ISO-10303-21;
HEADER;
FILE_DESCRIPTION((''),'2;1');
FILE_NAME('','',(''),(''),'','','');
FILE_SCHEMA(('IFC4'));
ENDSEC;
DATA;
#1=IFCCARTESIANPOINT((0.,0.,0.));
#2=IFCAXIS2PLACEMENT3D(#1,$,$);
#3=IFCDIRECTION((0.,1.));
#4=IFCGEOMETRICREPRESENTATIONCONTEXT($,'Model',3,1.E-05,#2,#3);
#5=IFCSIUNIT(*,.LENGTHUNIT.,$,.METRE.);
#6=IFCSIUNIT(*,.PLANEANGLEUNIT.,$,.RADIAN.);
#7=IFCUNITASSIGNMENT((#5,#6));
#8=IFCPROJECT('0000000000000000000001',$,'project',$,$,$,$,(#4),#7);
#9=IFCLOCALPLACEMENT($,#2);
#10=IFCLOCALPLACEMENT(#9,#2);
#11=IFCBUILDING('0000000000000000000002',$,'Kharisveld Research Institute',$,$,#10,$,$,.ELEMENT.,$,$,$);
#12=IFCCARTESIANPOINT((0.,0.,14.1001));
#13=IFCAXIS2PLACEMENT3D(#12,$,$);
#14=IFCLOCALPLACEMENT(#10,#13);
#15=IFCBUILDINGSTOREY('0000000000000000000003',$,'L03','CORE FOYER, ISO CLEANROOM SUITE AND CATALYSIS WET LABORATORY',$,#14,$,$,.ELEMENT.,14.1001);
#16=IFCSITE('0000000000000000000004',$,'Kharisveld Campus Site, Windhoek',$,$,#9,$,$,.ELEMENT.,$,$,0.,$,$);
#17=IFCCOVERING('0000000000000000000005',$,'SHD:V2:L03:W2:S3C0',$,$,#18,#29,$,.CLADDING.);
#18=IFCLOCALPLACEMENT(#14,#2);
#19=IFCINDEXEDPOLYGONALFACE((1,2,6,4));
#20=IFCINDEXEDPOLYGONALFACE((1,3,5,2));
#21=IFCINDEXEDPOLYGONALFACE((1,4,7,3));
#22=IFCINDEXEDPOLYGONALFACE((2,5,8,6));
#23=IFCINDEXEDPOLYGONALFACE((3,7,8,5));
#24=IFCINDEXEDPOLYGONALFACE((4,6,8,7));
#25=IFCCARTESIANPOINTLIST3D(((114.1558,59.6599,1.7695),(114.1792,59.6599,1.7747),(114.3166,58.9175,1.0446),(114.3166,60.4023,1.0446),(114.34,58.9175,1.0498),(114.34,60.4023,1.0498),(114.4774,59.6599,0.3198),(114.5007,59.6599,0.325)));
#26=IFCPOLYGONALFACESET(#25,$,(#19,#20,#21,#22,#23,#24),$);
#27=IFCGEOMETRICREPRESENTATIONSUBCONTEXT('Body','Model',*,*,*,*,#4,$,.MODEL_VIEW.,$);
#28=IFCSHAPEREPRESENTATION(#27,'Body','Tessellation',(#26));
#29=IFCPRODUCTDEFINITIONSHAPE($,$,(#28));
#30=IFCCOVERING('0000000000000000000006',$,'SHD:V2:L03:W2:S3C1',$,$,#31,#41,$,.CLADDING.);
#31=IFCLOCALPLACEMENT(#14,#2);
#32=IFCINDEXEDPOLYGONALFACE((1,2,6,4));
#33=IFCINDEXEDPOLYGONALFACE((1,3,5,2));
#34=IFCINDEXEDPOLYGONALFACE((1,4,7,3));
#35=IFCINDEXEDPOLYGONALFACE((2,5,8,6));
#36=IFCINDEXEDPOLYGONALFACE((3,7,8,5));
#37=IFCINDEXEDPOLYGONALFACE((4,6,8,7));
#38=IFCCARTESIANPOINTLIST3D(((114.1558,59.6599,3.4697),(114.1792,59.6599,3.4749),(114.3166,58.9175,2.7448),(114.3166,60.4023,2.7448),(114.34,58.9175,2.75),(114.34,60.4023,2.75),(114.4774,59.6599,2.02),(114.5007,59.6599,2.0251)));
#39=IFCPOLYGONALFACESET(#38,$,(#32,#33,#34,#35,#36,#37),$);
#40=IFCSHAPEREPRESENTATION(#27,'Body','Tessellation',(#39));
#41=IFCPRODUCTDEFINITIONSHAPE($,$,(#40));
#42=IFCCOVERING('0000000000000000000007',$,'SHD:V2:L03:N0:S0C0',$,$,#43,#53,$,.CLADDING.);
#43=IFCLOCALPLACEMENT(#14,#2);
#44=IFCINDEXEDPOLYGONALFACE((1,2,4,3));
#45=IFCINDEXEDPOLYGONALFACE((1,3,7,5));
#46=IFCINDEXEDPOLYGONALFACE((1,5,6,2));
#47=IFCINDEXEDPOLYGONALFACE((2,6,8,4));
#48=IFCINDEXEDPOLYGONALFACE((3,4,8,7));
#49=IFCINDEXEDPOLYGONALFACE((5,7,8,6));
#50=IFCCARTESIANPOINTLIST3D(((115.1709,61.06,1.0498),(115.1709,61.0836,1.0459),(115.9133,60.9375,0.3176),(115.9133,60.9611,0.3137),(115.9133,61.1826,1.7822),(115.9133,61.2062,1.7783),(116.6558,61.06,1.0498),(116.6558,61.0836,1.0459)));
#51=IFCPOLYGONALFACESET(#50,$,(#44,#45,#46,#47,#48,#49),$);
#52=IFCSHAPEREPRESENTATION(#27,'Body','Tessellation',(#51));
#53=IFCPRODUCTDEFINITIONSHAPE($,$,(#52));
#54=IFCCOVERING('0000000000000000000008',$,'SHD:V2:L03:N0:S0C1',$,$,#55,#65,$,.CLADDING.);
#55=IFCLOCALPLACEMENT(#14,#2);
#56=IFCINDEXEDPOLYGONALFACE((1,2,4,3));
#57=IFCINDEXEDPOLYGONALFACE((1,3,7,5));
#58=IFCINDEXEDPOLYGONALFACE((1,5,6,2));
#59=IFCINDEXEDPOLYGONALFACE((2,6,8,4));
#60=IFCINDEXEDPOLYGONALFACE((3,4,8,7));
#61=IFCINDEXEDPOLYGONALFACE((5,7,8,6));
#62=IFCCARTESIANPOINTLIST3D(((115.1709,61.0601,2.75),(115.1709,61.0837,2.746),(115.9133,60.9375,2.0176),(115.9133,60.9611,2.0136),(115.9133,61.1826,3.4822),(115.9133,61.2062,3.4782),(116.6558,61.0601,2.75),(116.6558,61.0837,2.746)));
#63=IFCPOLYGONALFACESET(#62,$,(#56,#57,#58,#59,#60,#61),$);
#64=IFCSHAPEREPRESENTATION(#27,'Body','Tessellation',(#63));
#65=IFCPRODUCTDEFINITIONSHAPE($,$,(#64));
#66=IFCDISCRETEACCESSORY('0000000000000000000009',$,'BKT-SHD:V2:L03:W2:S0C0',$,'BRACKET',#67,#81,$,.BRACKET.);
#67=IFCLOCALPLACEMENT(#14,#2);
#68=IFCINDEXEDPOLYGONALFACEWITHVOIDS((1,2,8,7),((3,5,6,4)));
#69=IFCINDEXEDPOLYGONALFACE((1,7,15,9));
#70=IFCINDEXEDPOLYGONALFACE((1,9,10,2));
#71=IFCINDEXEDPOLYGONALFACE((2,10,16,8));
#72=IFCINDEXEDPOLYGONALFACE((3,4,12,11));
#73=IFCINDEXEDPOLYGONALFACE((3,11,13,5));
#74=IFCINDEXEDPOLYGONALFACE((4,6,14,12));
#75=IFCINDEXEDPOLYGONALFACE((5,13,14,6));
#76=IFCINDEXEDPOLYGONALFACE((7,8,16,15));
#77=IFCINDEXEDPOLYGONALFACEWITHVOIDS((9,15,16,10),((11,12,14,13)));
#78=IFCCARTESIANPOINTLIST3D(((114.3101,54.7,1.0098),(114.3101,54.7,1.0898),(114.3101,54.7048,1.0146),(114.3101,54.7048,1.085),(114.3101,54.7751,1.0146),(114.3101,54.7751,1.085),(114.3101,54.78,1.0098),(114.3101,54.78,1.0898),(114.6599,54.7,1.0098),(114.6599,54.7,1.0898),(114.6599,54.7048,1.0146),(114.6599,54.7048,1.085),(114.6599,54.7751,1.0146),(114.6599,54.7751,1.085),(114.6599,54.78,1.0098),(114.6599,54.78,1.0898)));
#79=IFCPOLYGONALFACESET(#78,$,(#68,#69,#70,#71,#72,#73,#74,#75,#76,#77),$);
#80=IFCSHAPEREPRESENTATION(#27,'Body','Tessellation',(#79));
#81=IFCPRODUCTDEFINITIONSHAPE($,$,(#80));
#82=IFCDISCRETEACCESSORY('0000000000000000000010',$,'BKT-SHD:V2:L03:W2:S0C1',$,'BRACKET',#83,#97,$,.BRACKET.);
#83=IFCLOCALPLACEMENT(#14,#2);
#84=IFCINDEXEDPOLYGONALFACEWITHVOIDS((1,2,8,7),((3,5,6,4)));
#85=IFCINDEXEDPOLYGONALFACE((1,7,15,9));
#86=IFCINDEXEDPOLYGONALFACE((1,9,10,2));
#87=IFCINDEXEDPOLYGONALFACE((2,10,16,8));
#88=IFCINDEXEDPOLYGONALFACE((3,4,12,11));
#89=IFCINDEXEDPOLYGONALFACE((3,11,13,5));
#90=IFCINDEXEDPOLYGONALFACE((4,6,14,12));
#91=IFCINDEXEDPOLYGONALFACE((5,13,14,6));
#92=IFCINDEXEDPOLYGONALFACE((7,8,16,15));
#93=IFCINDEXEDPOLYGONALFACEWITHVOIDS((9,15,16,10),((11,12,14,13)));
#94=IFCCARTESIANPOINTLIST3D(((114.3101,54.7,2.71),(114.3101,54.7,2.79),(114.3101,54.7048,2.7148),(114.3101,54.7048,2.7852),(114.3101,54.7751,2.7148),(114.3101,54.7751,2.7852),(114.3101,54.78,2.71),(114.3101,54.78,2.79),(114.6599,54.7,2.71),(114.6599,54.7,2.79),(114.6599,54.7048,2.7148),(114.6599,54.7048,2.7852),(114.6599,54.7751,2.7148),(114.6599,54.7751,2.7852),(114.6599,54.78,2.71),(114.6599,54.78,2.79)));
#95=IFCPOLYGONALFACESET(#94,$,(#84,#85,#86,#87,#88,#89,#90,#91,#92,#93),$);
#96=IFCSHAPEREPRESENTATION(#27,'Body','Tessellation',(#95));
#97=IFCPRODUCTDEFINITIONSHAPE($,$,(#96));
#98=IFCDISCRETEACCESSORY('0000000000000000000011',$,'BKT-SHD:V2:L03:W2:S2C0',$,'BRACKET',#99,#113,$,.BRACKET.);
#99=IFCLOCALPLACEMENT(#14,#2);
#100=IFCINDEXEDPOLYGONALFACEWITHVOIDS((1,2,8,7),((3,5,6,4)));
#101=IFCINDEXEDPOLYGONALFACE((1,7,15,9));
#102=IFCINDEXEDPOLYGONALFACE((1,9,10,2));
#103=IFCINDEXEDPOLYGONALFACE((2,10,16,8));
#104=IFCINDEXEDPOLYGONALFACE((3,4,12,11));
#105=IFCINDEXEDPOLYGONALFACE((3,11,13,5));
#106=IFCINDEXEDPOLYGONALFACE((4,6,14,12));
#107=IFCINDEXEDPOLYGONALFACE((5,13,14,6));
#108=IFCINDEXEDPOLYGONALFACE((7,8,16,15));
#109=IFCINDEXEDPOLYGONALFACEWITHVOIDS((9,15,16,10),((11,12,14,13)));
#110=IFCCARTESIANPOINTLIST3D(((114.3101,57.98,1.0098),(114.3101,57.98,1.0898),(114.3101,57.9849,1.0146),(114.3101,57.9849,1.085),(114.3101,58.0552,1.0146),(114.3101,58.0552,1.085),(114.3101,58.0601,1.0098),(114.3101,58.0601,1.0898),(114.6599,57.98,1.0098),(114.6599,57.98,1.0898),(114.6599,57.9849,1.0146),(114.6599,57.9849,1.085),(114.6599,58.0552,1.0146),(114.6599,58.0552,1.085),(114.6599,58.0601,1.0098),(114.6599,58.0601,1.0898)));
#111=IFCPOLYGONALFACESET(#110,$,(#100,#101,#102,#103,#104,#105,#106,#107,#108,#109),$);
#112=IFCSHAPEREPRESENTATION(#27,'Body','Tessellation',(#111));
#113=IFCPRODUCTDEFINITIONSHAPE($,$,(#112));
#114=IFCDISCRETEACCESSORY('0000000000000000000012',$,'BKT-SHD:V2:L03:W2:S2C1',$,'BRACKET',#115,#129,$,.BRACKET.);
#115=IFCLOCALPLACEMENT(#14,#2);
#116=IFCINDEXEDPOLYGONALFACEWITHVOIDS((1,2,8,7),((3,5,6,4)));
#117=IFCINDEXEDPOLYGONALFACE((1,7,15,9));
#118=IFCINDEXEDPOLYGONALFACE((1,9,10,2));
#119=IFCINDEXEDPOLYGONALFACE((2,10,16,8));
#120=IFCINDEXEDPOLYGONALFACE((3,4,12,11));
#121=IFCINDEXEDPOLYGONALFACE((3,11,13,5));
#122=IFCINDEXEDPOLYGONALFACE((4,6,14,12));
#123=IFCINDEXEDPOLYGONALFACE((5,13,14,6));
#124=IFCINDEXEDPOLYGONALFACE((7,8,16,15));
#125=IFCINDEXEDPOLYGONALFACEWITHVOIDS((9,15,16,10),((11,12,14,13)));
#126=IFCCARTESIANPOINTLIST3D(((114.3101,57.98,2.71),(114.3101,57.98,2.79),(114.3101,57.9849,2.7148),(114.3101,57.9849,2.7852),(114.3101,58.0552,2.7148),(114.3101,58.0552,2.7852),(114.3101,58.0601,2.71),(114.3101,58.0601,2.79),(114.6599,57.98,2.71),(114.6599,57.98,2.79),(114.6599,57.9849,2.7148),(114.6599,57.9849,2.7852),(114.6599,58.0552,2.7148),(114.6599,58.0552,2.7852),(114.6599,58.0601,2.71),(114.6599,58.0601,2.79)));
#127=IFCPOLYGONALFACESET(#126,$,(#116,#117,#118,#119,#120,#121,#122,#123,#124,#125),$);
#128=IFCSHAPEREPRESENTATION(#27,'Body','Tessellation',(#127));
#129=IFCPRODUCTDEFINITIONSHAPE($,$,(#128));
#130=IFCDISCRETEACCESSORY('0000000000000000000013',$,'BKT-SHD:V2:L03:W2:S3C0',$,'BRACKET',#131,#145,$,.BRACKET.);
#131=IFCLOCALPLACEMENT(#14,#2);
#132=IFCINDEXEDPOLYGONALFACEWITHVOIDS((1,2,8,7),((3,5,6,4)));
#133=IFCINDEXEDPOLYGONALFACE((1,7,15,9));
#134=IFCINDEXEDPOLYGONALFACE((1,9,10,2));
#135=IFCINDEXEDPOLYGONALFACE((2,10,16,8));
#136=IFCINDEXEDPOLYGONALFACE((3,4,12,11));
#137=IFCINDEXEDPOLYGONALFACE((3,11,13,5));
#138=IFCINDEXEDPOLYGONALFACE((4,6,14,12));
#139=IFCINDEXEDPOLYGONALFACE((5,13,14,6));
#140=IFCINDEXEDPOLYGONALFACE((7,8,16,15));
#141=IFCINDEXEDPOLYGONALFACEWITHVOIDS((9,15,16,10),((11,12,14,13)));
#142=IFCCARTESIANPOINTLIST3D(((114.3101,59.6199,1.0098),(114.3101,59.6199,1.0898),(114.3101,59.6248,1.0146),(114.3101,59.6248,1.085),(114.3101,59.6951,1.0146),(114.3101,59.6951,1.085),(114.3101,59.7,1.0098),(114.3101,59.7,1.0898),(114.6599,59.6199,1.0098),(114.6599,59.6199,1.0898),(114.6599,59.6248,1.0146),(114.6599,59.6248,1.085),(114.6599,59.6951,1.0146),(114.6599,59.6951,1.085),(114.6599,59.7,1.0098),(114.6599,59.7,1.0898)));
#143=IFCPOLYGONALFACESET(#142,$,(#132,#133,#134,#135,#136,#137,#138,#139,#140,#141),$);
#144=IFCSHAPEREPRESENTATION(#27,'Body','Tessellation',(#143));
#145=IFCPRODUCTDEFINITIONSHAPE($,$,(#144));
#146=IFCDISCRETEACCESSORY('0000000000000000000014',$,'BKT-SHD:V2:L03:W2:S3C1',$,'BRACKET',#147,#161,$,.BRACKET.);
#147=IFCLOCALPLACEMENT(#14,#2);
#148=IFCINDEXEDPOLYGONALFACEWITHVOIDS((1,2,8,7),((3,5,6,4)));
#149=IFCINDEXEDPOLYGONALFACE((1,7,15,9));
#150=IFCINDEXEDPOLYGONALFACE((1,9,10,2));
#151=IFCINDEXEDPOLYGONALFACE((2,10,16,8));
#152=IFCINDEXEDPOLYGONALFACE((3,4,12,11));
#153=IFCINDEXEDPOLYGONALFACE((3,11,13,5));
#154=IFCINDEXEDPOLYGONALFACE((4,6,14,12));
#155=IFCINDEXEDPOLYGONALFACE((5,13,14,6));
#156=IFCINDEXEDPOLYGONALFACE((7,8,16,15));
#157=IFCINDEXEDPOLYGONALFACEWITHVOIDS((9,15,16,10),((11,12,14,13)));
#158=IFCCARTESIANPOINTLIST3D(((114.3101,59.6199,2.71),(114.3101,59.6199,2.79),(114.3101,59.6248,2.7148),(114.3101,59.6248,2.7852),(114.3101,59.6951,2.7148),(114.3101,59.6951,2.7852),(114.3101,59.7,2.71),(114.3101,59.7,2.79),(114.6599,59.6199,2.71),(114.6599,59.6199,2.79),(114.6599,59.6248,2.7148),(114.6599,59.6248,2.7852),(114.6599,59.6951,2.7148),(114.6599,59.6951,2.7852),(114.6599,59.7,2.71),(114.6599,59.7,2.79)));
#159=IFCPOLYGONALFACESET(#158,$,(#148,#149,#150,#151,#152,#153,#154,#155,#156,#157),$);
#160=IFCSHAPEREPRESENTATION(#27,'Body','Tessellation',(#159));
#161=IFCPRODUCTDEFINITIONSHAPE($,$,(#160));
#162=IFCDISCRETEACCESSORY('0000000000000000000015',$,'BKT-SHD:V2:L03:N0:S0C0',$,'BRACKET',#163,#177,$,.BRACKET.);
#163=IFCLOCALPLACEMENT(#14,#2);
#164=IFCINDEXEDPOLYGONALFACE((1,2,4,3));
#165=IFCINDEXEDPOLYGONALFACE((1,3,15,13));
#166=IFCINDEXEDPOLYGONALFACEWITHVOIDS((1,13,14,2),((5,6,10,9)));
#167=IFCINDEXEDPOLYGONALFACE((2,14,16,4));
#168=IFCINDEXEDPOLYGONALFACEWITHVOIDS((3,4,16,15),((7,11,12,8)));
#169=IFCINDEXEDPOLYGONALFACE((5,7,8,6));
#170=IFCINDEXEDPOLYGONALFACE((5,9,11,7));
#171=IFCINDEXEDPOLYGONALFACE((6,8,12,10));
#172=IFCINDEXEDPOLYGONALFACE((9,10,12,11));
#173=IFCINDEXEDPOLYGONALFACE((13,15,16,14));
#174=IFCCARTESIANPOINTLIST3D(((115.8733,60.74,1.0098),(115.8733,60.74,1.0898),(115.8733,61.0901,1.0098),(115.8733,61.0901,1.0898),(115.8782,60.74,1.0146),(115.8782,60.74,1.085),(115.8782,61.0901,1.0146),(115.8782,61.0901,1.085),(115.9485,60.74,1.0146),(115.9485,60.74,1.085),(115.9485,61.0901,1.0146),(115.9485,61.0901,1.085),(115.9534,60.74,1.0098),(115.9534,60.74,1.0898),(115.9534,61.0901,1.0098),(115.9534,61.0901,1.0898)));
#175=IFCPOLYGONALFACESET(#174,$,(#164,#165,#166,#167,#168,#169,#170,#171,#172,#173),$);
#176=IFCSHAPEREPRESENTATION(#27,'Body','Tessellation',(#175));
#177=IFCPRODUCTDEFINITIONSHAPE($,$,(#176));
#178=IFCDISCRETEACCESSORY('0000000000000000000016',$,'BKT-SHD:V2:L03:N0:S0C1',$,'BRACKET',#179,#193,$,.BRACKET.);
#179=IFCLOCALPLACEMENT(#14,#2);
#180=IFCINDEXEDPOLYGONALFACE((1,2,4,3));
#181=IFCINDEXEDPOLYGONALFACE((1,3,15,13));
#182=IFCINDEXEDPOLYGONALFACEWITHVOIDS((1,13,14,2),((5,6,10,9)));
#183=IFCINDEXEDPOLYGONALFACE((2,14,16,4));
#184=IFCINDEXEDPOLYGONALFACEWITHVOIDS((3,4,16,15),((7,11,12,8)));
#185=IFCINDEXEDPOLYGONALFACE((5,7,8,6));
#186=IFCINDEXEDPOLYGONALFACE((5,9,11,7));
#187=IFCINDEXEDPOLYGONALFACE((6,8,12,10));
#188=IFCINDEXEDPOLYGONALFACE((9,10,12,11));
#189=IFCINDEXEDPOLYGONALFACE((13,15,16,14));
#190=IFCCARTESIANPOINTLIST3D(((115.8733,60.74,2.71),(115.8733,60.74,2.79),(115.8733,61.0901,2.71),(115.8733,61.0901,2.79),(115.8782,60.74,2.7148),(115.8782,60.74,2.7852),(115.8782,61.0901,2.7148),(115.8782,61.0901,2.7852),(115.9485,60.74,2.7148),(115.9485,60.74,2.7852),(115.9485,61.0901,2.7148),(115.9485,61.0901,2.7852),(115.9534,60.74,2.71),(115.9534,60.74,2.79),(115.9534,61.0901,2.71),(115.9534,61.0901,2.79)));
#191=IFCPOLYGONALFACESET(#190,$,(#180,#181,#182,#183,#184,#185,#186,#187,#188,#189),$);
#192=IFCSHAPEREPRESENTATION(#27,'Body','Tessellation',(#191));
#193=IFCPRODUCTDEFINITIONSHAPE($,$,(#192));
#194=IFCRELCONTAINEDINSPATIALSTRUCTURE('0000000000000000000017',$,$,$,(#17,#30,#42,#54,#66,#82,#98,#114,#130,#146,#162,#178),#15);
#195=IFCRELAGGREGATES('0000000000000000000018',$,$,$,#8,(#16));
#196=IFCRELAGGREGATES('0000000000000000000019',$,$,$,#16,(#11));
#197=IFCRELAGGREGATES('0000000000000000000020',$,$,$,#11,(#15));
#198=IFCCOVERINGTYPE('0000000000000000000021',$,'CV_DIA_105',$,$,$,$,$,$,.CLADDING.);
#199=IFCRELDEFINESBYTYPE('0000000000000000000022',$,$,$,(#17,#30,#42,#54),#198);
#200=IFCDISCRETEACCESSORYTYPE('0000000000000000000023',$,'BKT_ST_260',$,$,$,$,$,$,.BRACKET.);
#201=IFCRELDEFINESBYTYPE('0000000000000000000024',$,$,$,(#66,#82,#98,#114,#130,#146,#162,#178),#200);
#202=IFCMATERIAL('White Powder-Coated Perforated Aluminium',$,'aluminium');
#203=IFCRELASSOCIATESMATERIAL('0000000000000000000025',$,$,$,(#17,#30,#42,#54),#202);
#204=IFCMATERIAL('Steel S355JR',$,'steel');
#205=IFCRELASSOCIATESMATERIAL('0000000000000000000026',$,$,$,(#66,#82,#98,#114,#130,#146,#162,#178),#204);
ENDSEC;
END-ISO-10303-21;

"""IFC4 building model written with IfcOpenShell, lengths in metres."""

from ifc_helpers import new_model, si_unit, direction, frame, origin, origin_2d, place, context, subcontext, project, spatial, polyline, hollow_rectangle, outline, extrude, material, type_object, element, save


model = new_model("IFC4")

# Units and contexts
model_context = context("Model", 3, precision=1e-05, world=origin(), true_north=direction((0.0, 1.0)))
body_context = subcontext(model_context, "Body", "Model", "MODEL_VIEW")
ifc_project = project(units=[si_unit("LENGTHUNIT", "METRE"), si_unit("PLANEANGLEUNIT", "RADIAN")], contexts=[model_context])

# Site, building, storey
site_placement = place(None, origin())
site = spatial("IfcSite", under=ifc_project, at=site_placement, Name="Kharisveld Campus Site, Windhoek", CompositionType="ELEMENT", RefElevation=0.0)
building_placement = place(site_placement, origin())
building = spatial("IfcBuilding", under=site, at=building_placement, Name="Kharisveld Research Institute", CompositionType="ELEMENT")
storey_placement = place(building_placement, frame((0.0, 0.0, 14.1001)))
storey = spatial("IfcBuildingStorey", under=building, at=storey_placement, Name="L03", Description="CORE FOYER, ISO CLEANROOM SUITE AND CATALYSIS WET LABORATORY", CompositionType="ELEMENT", Elevation=14.1001)

# Coverings
ifc_material_1 = material(Name="White Powder-Coated Perforated Aluminium", Category="aluminium")
covering_type = type_object("IfcCoveringType", Name="CV_DIA_105", PredefinedType="CLADDING")
for number, where, z_axis, x_axis, name in (
    (1, (114.5007, 59.6599, 0.325), (0.976276, 0.0, 0.21653), (-0.153111, 0.707102, 0.690336), "SHD:V2:L03:W2:S3C0"),
    (2, (114.5007, 59.6599, 2.0251), (0.976276, 0.0, 0.21653), (-0.153111, 0.707102, 0.690336), "SHD:V2:L03:W2:S3C1"),
):
    element("IfcCovering", number, at=place(storey_placement, frame(where, z_axis=z_axis, x_axis=x_axis)), inside=storey, type_object=covering_type, material=ifc_material_1, Name=name, PredefinedType="CLADDING", context=body_context, shape_type="SweptSolid", body=[
        extrude(outline(polyline([(0.0, 0.0), (1.05, 0.0), (1.05, 1.05), (0.0, 1.05), (0.0, 0.0)])), origin(), (0.0, 0.0, -1.0), 0.0239),
    ])
covering_1_placement = place(storey_placement, frame((115.9133, 60.9375, 0.3176), z_axis=(0.0, -0.986283, 0.165065), x_axis=(0.707139, 0.116714, 0.697376)))
element("IfcCovering", 3, at=covering_1_placement, inside=storey, type_object=covering_type, material=ifc_material_1, Name="SHD:V2:L03:N0:S0C0", PredefinedType="CLADDING", context=body_context, shape_type="SweptSolid", body=[
    extrude(outline(polyline([(0.0, 0.0), (1.0499, 0.0), (1.05, 1.0501), (-0.0001, 1.0499), (0.0, 0.0)])), origin(), (0.0, 0.0, -1.0), 0.0239),
])
covering_2_placement = place(storey_placement, frame((115.9133, 60.9375, 2.0176), z_axis=(0.0, -0.986283, 0.165065), x_axis=(0.707024, 0.116733, 0.697489)))
element("IfcCovering", 4, at=covering_2_placement, inside=storey, type_object=covering_type, material=ifc_material_1, Name="SHD:V2:L03:N0:S0C1", PredefinedType="CLADDING", context=body_context, shape_type="SweptSolid", body=[
    extrude(outline(polyline([(0.0, 0.0), (1.0501, 0.0), (1.0502, 1.0499), (0.0002, 1.0501), (0.0, 0.0)])), origin(), (0.0, 0.0, -1.0), 0.0239),
])

# Discrete accessories
ifc_material_2 = material(Name="Steel S355JR", Category="steel")
discrete_accessory_type = type_object("IfcDiscreteAccessoryType", Name="BKT_ST_260", PredefinedType="BRACKET")
for number, where, z_axis, x_axis, name in (
    (5, (114.6599, 54.74, 1.0498), (-1.0, 0.0, 0.0), (0.0, -1.0, 0.0), "BKT-SHD:V2:L03:W2:S0C0"),
    (6, (114.6599, 54.74, 2.75), (-1.0, 0.0, 0.0), (0.0, -1.0, 0.0), "BKT-SHD:V2:L03:W2:S0C1"),
    (7, (114.6599, 58.02, 1.0498), (-1.0, 0.0, 0.0), (0.0, -1.0, 0.0), "BKT-SHD:V2:L03:W2:S2C0"),
    (8, (114.6599, 58.02, 2.75), (-1.0, 0.0, 0.0), (0.0, -1.0, 0.0), "BKT-SHD:V2:L03:W2:S2C1"),
    (9, (114.6599, 59.6599, 1.0498), (-1.0, 0.0, 0.0), (0.0, -1.0, 0.0), "BKT-SHD:V2:L03:W2:S3C0"),
    (10, (114.6599, 59.6599, 2.75), (-1.0, 0.0, 0.0), (0.0, -1.0, 0.0), "BKT-SHD:V2:L03:W2:S3C1"),
):
    element("IfcDiscreteAccessory", number, at=place(storey_placement, frame(where, z_axis=z_axis, x_axis=x_axis)), inside=storey, type_object=discrete_accessory_type, material=ifc_material_2, Name=name, ObjectType="BRACKET", PredefinedType="BRACKET", context=body_context, shape_type="SweptSolid", body=[
        extrude(hollow_rectangle(XDim=0.0801, YDim=0.0801, WallThickness=0.0049, at=origin_2d()), origin(), (0.0, 0.0, 1.0), 0.3499),
    ])
for number, where, z_axis, x_axis, name in (
    (11, (115.9133, 60.74, 1.0498), (0.0, 1.0, 0.0), (-1.0, 0.0, 0.0), "BKT-SHD:V2:L03:N0:S0C0"),
    (12, (115.9133, 60.74, 2.75), (0.0, 1.0, 0.0), (-1.0, 0.0, 0.0), "BKT-SHD:V2:L03:N0:S0C1"),
):
    element("IfcDiscreteAccessory", number, at=place(storey_placement, frame(where, z_axis=z_axis, x_axis=x_axis)), inside=storey, type_object=discrete_accessory_type, material=ifc_material_2, Name=name, ObjectType="BRACKET", PredefinedType="BRACKET", context=body_context, shape_type="SweptSolid", body=[
        extrude(hollow_rectangle(XDim=0.0801, YDim=0.0801, WallThickness=0.0049, at=origin_2d()), origin(), (0.0, 0.0, 1.0), 0.3501),
    ])

save(model, "model.ifc")
